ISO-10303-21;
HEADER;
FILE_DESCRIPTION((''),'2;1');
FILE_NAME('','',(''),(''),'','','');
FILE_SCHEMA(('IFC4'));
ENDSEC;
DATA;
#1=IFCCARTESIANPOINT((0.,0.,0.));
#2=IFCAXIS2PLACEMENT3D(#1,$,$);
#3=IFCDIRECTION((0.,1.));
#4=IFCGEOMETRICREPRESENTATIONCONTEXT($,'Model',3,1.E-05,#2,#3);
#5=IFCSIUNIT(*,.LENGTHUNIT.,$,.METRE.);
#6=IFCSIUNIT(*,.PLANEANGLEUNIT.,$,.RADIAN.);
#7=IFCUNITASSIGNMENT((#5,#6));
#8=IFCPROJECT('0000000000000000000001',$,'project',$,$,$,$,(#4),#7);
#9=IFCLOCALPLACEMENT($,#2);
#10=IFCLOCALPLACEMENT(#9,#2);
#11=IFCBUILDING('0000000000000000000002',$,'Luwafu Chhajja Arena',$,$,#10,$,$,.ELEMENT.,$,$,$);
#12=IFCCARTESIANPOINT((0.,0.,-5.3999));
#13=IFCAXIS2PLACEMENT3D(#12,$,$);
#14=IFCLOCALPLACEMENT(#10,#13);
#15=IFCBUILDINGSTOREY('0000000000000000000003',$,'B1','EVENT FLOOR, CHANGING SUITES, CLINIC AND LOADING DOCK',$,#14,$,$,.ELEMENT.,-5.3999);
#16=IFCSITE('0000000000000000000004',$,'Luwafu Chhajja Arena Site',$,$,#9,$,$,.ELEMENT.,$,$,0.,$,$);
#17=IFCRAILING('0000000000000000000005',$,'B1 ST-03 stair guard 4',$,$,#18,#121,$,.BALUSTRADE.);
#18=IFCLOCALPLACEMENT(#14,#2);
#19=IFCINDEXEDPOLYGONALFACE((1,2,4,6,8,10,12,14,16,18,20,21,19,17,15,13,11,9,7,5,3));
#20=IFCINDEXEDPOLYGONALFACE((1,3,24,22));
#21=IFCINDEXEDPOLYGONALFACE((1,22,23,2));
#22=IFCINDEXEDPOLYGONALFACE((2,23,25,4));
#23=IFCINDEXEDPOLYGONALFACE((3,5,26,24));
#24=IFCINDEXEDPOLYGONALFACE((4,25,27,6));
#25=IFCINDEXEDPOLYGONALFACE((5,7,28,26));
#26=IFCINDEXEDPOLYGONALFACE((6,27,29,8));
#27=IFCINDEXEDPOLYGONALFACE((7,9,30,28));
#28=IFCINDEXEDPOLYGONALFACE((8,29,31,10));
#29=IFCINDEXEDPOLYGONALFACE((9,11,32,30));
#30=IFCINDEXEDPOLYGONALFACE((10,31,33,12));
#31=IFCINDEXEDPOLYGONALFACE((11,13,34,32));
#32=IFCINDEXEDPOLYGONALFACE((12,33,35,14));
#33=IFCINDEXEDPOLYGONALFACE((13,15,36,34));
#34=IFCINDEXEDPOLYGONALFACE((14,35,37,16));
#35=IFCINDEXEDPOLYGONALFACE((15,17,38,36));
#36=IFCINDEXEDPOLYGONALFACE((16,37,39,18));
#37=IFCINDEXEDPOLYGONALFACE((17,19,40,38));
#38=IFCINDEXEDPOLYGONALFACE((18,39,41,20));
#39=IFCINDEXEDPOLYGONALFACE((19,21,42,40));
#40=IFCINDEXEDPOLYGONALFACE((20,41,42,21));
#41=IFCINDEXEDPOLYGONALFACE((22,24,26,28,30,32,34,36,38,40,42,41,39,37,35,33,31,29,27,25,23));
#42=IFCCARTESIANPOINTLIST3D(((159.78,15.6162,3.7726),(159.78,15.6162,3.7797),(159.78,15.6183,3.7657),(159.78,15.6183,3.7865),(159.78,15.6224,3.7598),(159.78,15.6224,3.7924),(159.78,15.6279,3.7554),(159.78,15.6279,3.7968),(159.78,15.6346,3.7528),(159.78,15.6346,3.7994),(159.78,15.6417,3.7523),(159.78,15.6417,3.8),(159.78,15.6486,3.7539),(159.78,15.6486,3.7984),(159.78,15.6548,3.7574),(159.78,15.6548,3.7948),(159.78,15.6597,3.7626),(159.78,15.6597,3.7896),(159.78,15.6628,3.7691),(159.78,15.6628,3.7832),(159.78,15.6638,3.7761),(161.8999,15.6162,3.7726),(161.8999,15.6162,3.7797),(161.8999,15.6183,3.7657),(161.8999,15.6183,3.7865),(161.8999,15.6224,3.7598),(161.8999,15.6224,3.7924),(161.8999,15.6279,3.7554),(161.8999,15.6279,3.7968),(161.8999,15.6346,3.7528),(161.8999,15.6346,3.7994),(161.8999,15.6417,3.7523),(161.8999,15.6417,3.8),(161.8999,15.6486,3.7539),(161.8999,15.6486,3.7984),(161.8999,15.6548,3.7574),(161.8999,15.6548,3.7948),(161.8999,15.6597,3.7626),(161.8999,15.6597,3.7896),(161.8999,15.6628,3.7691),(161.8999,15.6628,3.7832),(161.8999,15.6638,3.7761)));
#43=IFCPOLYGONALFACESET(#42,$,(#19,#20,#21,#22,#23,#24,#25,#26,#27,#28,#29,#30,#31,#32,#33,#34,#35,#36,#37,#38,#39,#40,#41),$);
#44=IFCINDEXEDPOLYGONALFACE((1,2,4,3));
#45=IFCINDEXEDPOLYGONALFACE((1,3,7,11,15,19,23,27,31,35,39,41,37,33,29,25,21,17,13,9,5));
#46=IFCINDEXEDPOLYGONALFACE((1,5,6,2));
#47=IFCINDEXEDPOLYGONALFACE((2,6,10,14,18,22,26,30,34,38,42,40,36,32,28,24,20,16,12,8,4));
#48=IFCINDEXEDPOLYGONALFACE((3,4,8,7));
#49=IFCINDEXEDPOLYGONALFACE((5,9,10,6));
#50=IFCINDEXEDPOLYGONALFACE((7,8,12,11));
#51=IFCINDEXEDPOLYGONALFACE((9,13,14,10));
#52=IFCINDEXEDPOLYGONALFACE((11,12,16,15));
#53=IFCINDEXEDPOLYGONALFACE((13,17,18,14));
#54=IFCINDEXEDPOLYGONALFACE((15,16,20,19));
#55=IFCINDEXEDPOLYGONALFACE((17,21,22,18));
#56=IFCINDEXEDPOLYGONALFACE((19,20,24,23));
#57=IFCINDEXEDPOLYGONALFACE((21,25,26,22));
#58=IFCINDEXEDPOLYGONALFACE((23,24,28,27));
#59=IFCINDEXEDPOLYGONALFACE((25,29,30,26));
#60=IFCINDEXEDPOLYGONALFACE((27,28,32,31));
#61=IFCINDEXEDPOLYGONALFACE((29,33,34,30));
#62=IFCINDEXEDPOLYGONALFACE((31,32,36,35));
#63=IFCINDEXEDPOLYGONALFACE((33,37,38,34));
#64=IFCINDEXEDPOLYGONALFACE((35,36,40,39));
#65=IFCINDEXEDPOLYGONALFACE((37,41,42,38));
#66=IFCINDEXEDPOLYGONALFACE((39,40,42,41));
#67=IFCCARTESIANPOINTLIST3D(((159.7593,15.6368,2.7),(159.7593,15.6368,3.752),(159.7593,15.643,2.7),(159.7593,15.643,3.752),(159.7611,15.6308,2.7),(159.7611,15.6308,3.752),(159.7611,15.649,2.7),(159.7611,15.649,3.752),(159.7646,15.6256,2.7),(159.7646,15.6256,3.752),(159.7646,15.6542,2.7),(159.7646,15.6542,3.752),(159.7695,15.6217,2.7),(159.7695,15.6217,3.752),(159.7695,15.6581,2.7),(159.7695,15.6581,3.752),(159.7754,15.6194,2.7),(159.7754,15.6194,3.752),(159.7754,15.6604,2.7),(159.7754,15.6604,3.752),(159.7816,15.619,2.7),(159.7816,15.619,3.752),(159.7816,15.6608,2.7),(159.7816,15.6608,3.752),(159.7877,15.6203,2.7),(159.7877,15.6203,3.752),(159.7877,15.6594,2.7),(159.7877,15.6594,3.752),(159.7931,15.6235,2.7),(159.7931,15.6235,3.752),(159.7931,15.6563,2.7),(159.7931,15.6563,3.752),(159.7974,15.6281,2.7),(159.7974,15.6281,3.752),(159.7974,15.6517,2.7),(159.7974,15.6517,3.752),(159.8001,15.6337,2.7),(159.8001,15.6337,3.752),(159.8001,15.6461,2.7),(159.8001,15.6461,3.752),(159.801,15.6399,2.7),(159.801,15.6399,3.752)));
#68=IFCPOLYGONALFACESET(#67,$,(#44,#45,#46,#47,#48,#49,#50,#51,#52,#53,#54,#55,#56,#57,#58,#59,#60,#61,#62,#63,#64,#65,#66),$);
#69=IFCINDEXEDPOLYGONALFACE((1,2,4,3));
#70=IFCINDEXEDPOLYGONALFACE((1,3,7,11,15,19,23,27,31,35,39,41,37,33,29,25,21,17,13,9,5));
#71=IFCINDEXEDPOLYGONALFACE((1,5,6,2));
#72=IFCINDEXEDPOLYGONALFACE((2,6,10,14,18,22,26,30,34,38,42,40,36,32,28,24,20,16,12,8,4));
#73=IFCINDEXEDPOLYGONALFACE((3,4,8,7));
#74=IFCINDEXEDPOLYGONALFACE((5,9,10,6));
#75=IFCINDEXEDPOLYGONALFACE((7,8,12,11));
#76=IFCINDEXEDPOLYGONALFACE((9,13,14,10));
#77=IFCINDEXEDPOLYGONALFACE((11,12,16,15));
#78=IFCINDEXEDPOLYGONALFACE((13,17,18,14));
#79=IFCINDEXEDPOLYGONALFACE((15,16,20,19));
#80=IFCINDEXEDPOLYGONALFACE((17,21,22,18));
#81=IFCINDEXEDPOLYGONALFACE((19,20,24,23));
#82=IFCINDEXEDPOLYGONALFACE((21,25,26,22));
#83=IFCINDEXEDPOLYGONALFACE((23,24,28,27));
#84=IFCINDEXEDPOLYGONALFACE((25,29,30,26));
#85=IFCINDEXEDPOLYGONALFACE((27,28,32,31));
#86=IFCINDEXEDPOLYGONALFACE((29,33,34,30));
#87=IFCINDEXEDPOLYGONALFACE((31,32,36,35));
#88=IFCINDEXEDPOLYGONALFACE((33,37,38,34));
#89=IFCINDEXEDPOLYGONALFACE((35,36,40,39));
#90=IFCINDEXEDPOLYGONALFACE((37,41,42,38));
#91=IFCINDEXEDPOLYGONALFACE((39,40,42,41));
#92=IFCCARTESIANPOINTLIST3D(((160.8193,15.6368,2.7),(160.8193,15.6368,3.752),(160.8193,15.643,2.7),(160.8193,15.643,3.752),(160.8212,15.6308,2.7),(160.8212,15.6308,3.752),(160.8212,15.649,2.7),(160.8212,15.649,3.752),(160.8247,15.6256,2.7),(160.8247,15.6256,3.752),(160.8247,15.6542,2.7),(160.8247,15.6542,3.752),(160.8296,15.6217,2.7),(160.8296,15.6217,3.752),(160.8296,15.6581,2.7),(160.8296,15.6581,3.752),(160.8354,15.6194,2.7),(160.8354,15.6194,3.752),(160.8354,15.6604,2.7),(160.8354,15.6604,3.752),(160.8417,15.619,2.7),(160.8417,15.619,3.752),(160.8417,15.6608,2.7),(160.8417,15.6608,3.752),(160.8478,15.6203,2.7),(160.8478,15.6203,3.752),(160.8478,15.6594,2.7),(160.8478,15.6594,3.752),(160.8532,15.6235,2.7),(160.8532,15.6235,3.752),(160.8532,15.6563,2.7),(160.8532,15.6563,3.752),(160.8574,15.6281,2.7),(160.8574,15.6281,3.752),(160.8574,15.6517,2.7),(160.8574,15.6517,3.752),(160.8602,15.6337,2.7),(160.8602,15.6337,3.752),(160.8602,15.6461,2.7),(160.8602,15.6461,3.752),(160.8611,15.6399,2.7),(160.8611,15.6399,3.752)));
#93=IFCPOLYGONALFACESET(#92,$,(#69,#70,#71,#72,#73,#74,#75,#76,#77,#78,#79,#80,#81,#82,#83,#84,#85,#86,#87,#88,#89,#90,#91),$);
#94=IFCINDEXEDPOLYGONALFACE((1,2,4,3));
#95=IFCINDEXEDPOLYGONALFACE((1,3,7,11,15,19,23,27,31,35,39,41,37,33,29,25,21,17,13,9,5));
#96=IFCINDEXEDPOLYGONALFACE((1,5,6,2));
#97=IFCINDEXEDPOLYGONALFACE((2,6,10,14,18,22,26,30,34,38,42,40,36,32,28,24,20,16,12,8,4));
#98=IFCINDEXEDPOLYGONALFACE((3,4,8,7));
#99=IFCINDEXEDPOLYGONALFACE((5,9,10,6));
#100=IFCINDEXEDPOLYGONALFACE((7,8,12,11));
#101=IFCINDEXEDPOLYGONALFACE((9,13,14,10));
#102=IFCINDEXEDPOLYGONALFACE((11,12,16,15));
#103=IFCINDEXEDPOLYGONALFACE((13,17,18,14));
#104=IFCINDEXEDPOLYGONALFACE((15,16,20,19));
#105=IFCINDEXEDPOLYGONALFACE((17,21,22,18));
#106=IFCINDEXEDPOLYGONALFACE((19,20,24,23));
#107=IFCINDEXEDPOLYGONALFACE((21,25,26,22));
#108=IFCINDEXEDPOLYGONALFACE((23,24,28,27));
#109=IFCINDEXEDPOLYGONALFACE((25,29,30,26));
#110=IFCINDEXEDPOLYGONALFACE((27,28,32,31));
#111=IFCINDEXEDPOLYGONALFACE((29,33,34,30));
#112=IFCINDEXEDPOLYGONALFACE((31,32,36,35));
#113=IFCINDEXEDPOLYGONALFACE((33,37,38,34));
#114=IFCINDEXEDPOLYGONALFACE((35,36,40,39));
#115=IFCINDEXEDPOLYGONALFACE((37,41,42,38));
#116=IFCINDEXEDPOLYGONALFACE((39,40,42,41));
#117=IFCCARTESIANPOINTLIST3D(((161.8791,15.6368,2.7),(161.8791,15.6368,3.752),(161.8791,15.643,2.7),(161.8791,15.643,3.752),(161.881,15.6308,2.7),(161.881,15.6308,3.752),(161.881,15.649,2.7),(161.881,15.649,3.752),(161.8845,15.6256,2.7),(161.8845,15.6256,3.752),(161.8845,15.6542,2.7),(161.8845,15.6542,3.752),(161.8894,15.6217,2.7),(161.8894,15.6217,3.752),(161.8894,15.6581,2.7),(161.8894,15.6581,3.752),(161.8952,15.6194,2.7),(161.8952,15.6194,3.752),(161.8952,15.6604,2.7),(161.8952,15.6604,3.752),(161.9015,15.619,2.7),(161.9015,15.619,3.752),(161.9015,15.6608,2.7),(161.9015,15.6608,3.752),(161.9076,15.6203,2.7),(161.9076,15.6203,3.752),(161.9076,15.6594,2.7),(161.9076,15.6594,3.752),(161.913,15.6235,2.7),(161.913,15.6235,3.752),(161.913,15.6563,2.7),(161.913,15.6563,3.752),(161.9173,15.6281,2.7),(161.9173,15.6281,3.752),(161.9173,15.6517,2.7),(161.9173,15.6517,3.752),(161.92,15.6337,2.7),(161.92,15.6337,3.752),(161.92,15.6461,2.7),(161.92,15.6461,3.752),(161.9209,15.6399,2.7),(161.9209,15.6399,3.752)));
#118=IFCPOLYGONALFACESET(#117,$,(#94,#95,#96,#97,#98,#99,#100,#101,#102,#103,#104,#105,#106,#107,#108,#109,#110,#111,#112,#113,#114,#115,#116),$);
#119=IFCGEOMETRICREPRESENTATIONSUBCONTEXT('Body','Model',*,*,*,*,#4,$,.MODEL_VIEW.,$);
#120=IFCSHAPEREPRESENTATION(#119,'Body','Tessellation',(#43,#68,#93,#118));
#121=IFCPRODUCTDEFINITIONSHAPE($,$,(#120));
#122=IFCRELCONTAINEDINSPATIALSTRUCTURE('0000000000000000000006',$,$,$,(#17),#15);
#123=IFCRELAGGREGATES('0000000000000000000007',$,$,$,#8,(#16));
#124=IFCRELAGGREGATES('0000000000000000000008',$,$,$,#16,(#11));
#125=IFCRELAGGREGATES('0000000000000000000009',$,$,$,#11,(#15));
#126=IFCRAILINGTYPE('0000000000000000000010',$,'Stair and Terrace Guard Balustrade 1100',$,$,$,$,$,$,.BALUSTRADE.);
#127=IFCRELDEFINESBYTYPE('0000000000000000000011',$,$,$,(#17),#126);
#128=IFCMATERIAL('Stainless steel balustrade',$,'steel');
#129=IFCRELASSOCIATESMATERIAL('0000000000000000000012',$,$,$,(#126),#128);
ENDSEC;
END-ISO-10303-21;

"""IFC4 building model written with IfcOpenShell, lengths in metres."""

from ifc_helpers import new_model, si_unit, direction, frame, origin, origin_2d, place, context, subcontext, project, spatial, circle, extrude, material, type_object, element, save


model = new_model("IFC4")

# Units and contexts
model_context = context("Model", 3, precision=1e-05, world=origin(), true_north=direction((0.0, 1.0)))
body_context = subcontext(model_context, "Body", "Model", "MODEL_VIEW")
ifc_project = project(units=[si_unit("LENGTHUNIT", "METRE"), si_unit("PLANEANGLEUNIT", "RADIAN")], contexts=[model_context])

# Site, building, storey
site_placement = place(None, origin())
site = spatial("IfcSite", under=ifc_project, at=site_placement, Name="Luwafu Chhajja Arena Site", CompositionType="ELEMENT", RefElevation=0.0)
building_placement = place(site_placement, origin())
building = spatial("IfcBuilding", under=site, at=building_placement, Name="Luwafu Chhajja Arena", CompositionType="ELEMENT")
storey_placement = place(building_placement, frame((0.0, 0.0, -5.3999)))
storey = spatial("IfcBuildingStorey", under=building, at=storey_placement, Name="B1", Description="EVENT FLOOR, CHANGING SUITES, CLINIC AND LOADING DOCK", CompositionType="ELEMENT", Elevation=-5.3999)

# Railing
ifc_material_1 = material(Name="Stainless steel balustrade", Category="steel")
railing_type_1 = type_object("IfcRailingType", Name="Stair and Terrace Guard Balustrade 1100", PredefinedType="BALUSTRADE", material=ifc_material_1)
for number, where, name in (
    (1, (159.78, 15.6399, 2.7), "B1 ST-03 stair guard 4"),
):
    element("IfcRailing", number, at=place(storey_placement, frame(where)), inside=storey, type_object=railing_type_1, Name=name, PredefinedType="BALUSTRADE", context=body_context, shape_type="SweptSolid", body=[
        extrude(circle(Radius=0.0239, at=origin_2d()), frame((0.0, 0.0, 1.0762), z_axis=(1.0, 0.0, 0.0), x_axis=(0.0, 1.0, 0.0)), (0.0, 0.0, 1.0), 2.1199),
        extrude(circle(Radius=0.021, at=origin_2d()), origin(), (0.0, 0.0, 1.0), 1.052),
        extrude(circle(Radius=0.021, at=origin_2d()), frame((1.0601, 0.0, 0.0)), (0.0, 0.0, 1.0), 1.052),
        extrude(circle(Radius=0.021, at=origin_2d()), frame((2.1199, 0.0, 0.0)), (0.0, 0.0, 1.0), 1.052),
    ])

save(model, "model.ifc")
